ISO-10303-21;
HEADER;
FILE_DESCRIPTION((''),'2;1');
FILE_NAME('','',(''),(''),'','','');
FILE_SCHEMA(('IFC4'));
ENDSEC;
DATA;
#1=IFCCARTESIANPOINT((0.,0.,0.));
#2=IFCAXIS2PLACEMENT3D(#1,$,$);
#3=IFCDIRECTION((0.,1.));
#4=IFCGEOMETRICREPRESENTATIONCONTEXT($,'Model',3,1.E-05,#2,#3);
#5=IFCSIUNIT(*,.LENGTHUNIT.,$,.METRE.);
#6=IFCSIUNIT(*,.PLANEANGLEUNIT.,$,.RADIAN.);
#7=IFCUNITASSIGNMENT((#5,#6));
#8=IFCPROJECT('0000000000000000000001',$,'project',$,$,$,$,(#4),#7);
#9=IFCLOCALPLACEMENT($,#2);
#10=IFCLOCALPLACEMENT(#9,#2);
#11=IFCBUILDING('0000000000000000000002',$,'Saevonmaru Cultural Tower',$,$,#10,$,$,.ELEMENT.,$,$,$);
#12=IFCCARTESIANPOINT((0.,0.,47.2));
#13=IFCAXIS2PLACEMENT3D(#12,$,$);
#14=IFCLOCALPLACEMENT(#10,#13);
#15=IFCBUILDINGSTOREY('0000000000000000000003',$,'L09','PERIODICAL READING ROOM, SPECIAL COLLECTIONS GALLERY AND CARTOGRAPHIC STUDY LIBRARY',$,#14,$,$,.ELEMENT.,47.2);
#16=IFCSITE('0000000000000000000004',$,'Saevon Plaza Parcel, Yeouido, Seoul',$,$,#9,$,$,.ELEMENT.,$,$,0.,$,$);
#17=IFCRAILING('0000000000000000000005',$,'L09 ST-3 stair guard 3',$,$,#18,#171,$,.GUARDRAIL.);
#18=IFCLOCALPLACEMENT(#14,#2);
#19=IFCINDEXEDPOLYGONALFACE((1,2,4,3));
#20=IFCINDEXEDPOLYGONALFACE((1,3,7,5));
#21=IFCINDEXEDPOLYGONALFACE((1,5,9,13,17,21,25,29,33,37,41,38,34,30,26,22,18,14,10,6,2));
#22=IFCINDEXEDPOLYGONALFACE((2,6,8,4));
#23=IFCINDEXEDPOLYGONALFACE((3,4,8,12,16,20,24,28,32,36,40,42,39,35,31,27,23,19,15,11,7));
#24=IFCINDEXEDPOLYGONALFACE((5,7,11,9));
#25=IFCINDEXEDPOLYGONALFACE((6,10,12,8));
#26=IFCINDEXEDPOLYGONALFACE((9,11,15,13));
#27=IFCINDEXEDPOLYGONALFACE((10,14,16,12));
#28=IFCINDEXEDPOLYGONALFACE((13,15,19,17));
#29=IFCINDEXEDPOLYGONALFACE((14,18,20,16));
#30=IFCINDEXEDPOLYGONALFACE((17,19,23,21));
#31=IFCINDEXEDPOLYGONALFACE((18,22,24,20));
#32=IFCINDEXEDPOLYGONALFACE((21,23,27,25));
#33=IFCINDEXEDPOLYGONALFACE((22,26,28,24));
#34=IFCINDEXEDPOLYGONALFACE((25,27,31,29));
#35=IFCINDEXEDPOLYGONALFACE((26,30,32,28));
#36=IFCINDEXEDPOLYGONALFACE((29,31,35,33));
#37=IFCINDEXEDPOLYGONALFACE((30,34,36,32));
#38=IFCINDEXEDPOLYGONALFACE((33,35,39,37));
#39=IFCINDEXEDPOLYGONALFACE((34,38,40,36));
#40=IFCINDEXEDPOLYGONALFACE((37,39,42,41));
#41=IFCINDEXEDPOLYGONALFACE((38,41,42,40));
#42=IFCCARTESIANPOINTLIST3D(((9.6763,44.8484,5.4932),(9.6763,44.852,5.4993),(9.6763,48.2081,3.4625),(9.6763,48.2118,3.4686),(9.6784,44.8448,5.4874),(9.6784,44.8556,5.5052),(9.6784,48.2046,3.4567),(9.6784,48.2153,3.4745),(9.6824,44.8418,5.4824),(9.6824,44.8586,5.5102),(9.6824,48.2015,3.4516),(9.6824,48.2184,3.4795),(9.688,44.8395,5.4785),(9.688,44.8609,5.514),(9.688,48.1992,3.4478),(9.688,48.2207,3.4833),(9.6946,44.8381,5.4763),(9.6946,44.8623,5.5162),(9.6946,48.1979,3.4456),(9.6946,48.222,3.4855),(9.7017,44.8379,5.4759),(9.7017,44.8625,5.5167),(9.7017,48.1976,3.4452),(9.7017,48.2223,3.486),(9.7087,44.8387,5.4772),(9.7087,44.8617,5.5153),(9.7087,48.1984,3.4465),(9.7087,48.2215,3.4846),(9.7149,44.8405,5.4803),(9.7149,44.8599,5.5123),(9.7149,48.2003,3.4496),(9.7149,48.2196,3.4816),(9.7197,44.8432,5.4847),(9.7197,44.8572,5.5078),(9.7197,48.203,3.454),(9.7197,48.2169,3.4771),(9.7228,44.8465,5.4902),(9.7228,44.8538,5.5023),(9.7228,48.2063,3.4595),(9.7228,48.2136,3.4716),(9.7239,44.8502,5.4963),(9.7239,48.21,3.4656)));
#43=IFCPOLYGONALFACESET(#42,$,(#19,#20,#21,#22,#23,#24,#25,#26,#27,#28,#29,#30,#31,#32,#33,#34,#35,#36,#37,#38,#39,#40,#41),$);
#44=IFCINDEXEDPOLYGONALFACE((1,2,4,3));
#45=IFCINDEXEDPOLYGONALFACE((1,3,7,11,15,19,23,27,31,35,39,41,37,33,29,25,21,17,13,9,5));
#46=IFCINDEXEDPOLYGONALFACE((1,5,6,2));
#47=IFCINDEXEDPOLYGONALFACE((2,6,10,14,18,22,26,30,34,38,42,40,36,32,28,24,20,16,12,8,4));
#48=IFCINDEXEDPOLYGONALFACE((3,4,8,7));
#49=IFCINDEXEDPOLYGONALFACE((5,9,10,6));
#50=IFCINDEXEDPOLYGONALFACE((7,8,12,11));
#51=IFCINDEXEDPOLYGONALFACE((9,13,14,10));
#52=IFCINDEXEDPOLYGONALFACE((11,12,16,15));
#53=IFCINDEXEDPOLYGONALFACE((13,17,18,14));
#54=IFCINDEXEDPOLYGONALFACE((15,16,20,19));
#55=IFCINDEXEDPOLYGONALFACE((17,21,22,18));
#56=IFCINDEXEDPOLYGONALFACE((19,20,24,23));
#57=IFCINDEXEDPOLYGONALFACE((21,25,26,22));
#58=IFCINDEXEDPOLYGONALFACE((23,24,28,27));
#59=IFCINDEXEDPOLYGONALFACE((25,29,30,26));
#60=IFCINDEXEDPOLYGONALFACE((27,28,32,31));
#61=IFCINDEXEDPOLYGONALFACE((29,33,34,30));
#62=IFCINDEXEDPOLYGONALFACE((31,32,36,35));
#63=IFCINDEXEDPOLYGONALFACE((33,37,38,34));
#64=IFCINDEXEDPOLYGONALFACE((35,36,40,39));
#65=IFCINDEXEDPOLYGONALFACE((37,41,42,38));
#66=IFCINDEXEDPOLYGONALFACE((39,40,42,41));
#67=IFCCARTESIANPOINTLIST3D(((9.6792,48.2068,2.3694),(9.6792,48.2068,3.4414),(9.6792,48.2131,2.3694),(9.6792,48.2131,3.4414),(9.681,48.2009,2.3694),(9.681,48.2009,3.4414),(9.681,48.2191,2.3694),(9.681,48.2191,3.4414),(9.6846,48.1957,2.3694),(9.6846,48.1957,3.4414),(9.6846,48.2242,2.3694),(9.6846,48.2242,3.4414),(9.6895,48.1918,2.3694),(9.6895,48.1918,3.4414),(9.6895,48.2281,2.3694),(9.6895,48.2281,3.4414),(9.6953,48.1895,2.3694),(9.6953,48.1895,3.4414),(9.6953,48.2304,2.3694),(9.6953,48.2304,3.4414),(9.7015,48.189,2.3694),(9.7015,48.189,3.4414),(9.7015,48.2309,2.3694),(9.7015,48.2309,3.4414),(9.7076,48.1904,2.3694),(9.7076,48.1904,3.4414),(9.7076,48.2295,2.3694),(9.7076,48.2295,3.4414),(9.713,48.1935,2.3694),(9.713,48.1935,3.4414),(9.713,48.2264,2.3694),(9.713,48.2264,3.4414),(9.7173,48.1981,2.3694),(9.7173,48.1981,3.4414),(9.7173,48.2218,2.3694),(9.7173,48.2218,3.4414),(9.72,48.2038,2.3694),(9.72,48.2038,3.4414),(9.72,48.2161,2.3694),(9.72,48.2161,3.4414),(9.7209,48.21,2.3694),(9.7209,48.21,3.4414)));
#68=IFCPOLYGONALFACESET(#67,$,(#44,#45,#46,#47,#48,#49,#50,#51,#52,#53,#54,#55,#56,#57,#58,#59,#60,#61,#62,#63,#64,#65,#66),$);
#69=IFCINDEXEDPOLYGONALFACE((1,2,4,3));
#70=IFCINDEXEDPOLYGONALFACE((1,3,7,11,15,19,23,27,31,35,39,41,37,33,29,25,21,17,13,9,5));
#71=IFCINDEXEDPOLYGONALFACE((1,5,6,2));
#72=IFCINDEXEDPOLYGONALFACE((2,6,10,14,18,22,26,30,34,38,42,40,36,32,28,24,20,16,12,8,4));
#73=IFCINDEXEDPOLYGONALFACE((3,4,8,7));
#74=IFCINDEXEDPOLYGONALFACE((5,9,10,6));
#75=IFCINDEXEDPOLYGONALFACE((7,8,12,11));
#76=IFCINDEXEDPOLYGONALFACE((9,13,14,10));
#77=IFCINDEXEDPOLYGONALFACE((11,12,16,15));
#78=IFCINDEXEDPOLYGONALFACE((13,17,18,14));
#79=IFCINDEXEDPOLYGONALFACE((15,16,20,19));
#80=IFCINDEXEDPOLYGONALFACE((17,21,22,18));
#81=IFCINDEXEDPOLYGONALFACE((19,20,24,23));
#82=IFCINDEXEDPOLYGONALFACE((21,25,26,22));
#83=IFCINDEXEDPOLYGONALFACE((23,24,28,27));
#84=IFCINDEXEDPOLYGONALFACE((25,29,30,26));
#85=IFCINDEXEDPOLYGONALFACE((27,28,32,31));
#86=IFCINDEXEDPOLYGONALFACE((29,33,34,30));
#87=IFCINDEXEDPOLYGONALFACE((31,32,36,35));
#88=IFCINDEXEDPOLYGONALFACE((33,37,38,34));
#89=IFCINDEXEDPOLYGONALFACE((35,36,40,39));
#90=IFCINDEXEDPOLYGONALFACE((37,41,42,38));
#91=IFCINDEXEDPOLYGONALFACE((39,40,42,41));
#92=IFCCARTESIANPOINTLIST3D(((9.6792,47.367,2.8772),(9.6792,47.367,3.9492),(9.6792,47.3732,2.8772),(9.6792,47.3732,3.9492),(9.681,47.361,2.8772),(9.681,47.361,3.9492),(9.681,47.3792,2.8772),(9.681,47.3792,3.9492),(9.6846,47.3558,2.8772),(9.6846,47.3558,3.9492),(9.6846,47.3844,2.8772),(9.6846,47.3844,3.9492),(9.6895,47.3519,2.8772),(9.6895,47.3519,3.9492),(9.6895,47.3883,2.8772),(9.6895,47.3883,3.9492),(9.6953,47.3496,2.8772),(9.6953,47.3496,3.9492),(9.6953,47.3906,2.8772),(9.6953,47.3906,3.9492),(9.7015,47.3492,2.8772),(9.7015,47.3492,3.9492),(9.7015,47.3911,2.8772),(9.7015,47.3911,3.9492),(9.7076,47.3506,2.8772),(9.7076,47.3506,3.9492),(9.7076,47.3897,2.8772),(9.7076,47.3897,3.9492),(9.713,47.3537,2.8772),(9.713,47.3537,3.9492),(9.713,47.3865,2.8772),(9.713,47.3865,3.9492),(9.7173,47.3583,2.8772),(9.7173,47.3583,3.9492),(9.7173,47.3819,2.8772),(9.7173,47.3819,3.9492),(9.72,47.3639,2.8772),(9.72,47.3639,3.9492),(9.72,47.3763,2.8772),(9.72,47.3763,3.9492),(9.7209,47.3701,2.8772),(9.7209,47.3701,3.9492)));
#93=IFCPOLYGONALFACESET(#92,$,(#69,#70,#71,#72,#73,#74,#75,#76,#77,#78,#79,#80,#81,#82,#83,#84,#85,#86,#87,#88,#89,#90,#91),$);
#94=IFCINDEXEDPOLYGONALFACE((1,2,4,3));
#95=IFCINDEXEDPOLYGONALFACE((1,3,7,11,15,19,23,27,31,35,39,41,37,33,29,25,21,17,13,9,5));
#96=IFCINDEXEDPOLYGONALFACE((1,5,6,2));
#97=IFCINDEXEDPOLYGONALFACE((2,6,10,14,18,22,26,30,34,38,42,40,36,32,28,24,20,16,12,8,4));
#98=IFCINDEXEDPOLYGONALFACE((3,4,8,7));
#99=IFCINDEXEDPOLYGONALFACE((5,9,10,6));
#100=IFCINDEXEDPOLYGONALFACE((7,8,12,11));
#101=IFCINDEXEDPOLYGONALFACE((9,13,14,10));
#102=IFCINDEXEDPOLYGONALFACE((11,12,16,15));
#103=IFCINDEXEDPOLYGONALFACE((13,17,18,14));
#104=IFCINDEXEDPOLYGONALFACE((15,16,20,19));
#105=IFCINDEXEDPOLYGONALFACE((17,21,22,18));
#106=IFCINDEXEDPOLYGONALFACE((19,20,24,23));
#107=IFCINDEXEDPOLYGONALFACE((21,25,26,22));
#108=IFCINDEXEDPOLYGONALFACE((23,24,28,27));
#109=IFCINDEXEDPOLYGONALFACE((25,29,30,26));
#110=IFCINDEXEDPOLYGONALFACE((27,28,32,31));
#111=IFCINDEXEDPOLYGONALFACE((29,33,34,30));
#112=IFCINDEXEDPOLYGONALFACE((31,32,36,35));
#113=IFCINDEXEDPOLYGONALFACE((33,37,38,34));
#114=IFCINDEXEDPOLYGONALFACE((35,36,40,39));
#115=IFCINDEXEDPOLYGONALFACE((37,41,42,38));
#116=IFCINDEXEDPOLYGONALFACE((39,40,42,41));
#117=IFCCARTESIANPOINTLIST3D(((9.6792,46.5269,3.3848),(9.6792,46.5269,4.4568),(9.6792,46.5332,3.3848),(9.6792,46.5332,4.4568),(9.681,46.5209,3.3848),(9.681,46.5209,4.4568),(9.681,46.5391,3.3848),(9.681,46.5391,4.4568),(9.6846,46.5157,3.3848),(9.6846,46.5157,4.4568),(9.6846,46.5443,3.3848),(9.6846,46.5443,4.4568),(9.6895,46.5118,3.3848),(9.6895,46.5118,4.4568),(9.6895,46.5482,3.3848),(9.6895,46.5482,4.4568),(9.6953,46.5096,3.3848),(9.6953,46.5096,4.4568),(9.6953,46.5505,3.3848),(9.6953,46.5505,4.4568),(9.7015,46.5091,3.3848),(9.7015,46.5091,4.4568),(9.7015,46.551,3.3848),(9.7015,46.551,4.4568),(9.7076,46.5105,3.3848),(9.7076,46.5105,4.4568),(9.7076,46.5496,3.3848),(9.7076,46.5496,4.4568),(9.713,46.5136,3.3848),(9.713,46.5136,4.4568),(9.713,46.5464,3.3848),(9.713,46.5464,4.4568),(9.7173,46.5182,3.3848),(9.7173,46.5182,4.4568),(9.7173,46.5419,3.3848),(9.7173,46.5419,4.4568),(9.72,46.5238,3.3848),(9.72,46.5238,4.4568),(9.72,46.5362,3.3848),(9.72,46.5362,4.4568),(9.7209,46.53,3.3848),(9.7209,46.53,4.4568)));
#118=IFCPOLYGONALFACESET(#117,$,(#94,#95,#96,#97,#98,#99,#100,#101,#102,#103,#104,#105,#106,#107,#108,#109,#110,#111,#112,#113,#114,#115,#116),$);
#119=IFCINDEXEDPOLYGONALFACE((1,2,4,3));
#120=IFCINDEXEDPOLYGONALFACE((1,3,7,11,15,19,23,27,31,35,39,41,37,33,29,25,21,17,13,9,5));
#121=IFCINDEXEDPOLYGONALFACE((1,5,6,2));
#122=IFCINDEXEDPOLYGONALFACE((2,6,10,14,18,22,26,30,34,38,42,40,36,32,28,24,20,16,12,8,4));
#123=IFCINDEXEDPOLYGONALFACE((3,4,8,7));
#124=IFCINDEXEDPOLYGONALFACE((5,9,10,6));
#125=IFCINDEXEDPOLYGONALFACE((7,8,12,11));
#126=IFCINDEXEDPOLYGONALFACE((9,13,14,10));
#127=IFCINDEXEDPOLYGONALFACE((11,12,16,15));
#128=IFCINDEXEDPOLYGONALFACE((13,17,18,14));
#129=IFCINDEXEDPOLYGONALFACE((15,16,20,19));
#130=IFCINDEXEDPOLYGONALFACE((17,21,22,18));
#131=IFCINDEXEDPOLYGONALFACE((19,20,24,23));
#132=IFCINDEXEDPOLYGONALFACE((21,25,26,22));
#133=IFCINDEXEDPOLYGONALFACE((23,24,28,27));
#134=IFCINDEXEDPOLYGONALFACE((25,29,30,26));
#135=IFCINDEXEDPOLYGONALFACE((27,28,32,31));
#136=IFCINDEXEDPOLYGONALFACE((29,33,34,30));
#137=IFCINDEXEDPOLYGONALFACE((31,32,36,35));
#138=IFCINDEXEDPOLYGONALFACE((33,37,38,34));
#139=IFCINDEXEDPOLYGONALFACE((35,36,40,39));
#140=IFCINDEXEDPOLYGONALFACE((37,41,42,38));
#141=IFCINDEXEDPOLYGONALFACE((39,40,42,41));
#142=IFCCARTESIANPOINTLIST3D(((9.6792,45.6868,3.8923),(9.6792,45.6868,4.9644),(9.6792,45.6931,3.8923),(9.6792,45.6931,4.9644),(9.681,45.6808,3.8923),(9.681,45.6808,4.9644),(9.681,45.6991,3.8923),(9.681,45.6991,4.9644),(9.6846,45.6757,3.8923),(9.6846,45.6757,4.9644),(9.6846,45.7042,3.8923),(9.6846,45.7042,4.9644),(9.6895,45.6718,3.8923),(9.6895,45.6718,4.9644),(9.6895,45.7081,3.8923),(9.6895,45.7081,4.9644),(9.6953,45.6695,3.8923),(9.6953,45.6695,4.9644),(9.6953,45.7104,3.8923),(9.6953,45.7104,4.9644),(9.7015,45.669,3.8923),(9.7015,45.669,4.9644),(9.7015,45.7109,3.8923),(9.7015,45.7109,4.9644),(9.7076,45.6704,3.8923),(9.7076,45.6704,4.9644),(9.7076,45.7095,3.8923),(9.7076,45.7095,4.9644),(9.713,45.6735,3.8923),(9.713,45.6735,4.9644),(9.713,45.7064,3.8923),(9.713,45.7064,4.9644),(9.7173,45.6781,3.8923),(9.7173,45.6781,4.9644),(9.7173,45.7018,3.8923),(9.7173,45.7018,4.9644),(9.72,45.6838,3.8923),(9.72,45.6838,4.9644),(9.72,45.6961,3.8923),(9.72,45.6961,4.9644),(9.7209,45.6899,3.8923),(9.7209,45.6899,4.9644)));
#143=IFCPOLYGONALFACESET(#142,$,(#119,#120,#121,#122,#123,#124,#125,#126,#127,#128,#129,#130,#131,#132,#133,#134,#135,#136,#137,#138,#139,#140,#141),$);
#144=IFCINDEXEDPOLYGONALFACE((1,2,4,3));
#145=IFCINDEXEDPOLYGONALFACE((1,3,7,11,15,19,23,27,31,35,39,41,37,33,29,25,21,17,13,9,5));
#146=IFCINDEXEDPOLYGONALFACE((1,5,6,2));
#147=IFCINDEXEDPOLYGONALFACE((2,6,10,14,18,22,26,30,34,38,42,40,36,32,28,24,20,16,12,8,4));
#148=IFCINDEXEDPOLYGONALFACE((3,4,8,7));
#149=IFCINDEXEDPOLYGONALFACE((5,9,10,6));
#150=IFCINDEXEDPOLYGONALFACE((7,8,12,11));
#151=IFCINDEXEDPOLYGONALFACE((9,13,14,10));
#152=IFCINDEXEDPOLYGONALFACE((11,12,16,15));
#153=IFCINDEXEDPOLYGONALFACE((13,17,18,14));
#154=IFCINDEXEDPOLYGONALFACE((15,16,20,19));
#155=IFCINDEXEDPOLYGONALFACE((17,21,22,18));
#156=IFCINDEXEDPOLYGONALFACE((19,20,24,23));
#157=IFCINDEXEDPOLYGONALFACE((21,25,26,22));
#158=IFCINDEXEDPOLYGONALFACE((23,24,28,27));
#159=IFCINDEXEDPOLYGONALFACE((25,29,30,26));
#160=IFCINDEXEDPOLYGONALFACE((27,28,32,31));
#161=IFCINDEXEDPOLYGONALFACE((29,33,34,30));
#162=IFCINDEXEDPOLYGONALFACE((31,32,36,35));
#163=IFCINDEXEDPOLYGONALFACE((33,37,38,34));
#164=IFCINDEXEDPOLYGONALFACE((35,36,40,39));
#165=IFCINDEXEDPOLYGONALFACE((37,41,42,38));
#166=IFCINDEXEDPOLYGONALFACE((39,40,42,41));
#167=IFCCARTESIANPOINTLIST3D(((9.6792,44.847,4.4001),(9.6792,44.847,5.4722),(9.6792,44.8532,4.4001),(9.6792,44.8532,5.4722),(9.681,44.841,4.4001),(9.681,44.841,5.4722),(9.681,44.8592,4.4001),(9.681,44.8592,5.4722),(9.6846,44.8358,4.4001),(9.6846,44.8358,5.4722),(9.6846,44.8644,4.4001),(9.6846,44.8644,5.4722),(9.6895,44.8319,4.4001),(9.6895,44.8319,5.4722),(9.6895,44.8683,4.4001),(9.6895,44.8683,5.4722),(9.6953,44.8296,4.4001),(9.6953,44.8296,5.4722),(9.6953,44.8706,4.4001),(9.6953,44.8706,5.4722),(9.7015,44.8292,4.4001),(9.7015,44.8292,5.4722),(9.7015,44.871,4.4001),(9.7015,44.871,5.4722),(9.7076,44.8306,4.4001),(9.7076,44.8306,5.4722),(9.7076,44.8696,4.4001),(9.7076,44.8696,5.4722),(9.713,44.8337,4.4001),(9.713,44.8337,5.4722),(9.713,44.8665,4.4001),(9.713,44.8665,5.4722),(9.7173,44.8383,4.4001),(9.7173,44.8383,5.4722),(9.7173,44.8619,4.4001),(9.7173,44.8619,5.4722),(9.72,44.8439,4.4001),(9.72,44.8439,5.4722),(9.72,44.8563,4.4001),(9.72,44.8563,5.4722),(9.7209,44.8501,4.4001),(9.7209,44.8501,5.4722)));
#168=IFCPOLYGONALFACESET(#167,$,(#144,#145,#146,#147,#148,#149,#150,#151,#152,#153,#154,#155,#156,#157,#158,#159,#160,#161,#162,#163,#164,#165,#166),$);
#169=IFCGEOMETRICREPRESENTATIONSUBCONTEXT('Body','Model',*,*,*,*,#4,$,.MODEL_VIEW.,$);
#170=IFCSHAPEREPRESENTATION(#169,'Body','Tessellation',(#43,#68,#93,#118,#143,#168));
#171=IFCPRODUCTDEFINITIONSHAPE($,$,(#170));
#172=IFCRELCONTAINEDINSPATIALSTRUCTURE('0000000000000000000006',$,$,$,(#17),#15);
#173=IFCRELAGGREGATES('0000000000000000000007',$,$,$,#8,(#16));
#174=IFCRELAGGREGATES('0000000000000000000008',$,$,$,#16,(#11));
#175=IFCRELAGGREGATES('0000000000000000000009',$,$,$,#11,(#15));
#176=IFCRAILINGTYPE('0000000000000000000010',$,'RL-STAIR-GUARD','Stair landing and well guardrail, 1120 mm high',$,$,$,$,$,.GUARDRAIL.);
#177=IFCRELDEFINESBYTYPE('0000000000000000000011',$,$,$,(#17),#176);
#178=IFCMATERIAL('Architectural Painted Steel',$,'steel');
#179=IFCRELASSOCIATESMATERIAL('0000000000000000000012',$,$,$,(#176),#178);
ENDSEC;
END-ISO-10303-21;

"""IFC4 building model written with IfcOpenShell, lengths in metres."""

from ifc_helpers import new_model, si_unit, direction, frame, origin, origin_2d, place, context, subcontext, project, spatial, circle, extrude, material, type_object, element, save


model = new_model("IFC4")

# Units and contexts
model_context = context("Model", 3, precision=1e-05, world=origin(), true_north=direction((0.0, 1.0)))
body_context = subcontext(model_context, "Body", "Model", "MODEL_VIEW")
ifc_project = project(units=[si_unit("LENGTHUNIT", "METRE"), si_unit("PLANEANGLEUNIT", "RADIAN")], contexts=[model_context])

# Site, building, storey
site_placement = place(None, origin())
site = spatial("IfcSite", under=ifc_project, at=site_placement, Name="Saevon Plaza Parcel, Yeouido, Seoul", CompositionType="ELEMENT", RefElevation=0.0)
building_placement = place(site_placement, origin())
building = spatial("IfcBuilding", under=site, at=building_placement, Name="Saevonmaru Cultural Tower", CompositionType="ELEMENT")
storey_placement = place(building_placement, frame((0.0, 0.0, 47.2)))
storey = spatial("IfcBuildingStorey", under=building, at=storey_placement, Name="L09", Description="PERIODICAL READING ROOM, SPECIAL COLLECTIONS GALLERY AND CARTOGRAPHIC STUDY LIBRARY", CompositionType="ELEMENT", Elevation=47.2)

# Railing
ifc_material_1 = material(Name="Architectural Painted Steel", Category="steel")
railing_type_1 = type_object("IfcRailingType", Name="RL-STAIR-GUARD", Description="Stair landing and well guardrail, 1120 mm high", PredefinedType="GUARDRAIL", material=ifc_material_1)
railing_1_placement = place(storey_placement, frame((9.7, 48.21, 2.3694)))
element("IfcRailing", 1, at=railing_1_placement, inside=storey, type_object=railing_type_1, Name="L09 ST-3 stair guard 3", PredefinedType="GUARDRAIL", context=body_context, shape_type="SweptSolid", body=[
    extrude(circle(Radius=0.0239, at=origin_2d()), frame((0.0, 0.0, 1.0962), z_axis=(0.0, -0.85582, 0.517273), x_axis=(1.0, 0.0, 0.0)), (0.0, 0.0, 1.0), 3.9258),
    extrude(circle(Radius=0.021, at=origin_2d()), origin(), (0.0, 0.0, 1.0), 1.072),
    extrude(circle(Radius=0.021, at=origin_2d()), frame((0.0, -0.8398, 0.5078)), (0.0, 0.0, 1.0), 1.072),
    extrude(circle(Radius=0.021, at=origin_2d()), frame((0.0, -1.6799, 1.0154)), (0.0, 0.0, 1.0), 1.072),
    extrude(circle(Radius=0.021, at=origin_2d()), frame((0.0, -2.52, 1.5229)), (0.0, 0.0, 1.0), 1.072),
    extrude(circle(Radius=0.021, at=origin_2d()), frame((0.0, -3.3599, 2.0308)), (0.0, 0.0, 1.0), 1.072),
])

save(model, "model.ifc")
